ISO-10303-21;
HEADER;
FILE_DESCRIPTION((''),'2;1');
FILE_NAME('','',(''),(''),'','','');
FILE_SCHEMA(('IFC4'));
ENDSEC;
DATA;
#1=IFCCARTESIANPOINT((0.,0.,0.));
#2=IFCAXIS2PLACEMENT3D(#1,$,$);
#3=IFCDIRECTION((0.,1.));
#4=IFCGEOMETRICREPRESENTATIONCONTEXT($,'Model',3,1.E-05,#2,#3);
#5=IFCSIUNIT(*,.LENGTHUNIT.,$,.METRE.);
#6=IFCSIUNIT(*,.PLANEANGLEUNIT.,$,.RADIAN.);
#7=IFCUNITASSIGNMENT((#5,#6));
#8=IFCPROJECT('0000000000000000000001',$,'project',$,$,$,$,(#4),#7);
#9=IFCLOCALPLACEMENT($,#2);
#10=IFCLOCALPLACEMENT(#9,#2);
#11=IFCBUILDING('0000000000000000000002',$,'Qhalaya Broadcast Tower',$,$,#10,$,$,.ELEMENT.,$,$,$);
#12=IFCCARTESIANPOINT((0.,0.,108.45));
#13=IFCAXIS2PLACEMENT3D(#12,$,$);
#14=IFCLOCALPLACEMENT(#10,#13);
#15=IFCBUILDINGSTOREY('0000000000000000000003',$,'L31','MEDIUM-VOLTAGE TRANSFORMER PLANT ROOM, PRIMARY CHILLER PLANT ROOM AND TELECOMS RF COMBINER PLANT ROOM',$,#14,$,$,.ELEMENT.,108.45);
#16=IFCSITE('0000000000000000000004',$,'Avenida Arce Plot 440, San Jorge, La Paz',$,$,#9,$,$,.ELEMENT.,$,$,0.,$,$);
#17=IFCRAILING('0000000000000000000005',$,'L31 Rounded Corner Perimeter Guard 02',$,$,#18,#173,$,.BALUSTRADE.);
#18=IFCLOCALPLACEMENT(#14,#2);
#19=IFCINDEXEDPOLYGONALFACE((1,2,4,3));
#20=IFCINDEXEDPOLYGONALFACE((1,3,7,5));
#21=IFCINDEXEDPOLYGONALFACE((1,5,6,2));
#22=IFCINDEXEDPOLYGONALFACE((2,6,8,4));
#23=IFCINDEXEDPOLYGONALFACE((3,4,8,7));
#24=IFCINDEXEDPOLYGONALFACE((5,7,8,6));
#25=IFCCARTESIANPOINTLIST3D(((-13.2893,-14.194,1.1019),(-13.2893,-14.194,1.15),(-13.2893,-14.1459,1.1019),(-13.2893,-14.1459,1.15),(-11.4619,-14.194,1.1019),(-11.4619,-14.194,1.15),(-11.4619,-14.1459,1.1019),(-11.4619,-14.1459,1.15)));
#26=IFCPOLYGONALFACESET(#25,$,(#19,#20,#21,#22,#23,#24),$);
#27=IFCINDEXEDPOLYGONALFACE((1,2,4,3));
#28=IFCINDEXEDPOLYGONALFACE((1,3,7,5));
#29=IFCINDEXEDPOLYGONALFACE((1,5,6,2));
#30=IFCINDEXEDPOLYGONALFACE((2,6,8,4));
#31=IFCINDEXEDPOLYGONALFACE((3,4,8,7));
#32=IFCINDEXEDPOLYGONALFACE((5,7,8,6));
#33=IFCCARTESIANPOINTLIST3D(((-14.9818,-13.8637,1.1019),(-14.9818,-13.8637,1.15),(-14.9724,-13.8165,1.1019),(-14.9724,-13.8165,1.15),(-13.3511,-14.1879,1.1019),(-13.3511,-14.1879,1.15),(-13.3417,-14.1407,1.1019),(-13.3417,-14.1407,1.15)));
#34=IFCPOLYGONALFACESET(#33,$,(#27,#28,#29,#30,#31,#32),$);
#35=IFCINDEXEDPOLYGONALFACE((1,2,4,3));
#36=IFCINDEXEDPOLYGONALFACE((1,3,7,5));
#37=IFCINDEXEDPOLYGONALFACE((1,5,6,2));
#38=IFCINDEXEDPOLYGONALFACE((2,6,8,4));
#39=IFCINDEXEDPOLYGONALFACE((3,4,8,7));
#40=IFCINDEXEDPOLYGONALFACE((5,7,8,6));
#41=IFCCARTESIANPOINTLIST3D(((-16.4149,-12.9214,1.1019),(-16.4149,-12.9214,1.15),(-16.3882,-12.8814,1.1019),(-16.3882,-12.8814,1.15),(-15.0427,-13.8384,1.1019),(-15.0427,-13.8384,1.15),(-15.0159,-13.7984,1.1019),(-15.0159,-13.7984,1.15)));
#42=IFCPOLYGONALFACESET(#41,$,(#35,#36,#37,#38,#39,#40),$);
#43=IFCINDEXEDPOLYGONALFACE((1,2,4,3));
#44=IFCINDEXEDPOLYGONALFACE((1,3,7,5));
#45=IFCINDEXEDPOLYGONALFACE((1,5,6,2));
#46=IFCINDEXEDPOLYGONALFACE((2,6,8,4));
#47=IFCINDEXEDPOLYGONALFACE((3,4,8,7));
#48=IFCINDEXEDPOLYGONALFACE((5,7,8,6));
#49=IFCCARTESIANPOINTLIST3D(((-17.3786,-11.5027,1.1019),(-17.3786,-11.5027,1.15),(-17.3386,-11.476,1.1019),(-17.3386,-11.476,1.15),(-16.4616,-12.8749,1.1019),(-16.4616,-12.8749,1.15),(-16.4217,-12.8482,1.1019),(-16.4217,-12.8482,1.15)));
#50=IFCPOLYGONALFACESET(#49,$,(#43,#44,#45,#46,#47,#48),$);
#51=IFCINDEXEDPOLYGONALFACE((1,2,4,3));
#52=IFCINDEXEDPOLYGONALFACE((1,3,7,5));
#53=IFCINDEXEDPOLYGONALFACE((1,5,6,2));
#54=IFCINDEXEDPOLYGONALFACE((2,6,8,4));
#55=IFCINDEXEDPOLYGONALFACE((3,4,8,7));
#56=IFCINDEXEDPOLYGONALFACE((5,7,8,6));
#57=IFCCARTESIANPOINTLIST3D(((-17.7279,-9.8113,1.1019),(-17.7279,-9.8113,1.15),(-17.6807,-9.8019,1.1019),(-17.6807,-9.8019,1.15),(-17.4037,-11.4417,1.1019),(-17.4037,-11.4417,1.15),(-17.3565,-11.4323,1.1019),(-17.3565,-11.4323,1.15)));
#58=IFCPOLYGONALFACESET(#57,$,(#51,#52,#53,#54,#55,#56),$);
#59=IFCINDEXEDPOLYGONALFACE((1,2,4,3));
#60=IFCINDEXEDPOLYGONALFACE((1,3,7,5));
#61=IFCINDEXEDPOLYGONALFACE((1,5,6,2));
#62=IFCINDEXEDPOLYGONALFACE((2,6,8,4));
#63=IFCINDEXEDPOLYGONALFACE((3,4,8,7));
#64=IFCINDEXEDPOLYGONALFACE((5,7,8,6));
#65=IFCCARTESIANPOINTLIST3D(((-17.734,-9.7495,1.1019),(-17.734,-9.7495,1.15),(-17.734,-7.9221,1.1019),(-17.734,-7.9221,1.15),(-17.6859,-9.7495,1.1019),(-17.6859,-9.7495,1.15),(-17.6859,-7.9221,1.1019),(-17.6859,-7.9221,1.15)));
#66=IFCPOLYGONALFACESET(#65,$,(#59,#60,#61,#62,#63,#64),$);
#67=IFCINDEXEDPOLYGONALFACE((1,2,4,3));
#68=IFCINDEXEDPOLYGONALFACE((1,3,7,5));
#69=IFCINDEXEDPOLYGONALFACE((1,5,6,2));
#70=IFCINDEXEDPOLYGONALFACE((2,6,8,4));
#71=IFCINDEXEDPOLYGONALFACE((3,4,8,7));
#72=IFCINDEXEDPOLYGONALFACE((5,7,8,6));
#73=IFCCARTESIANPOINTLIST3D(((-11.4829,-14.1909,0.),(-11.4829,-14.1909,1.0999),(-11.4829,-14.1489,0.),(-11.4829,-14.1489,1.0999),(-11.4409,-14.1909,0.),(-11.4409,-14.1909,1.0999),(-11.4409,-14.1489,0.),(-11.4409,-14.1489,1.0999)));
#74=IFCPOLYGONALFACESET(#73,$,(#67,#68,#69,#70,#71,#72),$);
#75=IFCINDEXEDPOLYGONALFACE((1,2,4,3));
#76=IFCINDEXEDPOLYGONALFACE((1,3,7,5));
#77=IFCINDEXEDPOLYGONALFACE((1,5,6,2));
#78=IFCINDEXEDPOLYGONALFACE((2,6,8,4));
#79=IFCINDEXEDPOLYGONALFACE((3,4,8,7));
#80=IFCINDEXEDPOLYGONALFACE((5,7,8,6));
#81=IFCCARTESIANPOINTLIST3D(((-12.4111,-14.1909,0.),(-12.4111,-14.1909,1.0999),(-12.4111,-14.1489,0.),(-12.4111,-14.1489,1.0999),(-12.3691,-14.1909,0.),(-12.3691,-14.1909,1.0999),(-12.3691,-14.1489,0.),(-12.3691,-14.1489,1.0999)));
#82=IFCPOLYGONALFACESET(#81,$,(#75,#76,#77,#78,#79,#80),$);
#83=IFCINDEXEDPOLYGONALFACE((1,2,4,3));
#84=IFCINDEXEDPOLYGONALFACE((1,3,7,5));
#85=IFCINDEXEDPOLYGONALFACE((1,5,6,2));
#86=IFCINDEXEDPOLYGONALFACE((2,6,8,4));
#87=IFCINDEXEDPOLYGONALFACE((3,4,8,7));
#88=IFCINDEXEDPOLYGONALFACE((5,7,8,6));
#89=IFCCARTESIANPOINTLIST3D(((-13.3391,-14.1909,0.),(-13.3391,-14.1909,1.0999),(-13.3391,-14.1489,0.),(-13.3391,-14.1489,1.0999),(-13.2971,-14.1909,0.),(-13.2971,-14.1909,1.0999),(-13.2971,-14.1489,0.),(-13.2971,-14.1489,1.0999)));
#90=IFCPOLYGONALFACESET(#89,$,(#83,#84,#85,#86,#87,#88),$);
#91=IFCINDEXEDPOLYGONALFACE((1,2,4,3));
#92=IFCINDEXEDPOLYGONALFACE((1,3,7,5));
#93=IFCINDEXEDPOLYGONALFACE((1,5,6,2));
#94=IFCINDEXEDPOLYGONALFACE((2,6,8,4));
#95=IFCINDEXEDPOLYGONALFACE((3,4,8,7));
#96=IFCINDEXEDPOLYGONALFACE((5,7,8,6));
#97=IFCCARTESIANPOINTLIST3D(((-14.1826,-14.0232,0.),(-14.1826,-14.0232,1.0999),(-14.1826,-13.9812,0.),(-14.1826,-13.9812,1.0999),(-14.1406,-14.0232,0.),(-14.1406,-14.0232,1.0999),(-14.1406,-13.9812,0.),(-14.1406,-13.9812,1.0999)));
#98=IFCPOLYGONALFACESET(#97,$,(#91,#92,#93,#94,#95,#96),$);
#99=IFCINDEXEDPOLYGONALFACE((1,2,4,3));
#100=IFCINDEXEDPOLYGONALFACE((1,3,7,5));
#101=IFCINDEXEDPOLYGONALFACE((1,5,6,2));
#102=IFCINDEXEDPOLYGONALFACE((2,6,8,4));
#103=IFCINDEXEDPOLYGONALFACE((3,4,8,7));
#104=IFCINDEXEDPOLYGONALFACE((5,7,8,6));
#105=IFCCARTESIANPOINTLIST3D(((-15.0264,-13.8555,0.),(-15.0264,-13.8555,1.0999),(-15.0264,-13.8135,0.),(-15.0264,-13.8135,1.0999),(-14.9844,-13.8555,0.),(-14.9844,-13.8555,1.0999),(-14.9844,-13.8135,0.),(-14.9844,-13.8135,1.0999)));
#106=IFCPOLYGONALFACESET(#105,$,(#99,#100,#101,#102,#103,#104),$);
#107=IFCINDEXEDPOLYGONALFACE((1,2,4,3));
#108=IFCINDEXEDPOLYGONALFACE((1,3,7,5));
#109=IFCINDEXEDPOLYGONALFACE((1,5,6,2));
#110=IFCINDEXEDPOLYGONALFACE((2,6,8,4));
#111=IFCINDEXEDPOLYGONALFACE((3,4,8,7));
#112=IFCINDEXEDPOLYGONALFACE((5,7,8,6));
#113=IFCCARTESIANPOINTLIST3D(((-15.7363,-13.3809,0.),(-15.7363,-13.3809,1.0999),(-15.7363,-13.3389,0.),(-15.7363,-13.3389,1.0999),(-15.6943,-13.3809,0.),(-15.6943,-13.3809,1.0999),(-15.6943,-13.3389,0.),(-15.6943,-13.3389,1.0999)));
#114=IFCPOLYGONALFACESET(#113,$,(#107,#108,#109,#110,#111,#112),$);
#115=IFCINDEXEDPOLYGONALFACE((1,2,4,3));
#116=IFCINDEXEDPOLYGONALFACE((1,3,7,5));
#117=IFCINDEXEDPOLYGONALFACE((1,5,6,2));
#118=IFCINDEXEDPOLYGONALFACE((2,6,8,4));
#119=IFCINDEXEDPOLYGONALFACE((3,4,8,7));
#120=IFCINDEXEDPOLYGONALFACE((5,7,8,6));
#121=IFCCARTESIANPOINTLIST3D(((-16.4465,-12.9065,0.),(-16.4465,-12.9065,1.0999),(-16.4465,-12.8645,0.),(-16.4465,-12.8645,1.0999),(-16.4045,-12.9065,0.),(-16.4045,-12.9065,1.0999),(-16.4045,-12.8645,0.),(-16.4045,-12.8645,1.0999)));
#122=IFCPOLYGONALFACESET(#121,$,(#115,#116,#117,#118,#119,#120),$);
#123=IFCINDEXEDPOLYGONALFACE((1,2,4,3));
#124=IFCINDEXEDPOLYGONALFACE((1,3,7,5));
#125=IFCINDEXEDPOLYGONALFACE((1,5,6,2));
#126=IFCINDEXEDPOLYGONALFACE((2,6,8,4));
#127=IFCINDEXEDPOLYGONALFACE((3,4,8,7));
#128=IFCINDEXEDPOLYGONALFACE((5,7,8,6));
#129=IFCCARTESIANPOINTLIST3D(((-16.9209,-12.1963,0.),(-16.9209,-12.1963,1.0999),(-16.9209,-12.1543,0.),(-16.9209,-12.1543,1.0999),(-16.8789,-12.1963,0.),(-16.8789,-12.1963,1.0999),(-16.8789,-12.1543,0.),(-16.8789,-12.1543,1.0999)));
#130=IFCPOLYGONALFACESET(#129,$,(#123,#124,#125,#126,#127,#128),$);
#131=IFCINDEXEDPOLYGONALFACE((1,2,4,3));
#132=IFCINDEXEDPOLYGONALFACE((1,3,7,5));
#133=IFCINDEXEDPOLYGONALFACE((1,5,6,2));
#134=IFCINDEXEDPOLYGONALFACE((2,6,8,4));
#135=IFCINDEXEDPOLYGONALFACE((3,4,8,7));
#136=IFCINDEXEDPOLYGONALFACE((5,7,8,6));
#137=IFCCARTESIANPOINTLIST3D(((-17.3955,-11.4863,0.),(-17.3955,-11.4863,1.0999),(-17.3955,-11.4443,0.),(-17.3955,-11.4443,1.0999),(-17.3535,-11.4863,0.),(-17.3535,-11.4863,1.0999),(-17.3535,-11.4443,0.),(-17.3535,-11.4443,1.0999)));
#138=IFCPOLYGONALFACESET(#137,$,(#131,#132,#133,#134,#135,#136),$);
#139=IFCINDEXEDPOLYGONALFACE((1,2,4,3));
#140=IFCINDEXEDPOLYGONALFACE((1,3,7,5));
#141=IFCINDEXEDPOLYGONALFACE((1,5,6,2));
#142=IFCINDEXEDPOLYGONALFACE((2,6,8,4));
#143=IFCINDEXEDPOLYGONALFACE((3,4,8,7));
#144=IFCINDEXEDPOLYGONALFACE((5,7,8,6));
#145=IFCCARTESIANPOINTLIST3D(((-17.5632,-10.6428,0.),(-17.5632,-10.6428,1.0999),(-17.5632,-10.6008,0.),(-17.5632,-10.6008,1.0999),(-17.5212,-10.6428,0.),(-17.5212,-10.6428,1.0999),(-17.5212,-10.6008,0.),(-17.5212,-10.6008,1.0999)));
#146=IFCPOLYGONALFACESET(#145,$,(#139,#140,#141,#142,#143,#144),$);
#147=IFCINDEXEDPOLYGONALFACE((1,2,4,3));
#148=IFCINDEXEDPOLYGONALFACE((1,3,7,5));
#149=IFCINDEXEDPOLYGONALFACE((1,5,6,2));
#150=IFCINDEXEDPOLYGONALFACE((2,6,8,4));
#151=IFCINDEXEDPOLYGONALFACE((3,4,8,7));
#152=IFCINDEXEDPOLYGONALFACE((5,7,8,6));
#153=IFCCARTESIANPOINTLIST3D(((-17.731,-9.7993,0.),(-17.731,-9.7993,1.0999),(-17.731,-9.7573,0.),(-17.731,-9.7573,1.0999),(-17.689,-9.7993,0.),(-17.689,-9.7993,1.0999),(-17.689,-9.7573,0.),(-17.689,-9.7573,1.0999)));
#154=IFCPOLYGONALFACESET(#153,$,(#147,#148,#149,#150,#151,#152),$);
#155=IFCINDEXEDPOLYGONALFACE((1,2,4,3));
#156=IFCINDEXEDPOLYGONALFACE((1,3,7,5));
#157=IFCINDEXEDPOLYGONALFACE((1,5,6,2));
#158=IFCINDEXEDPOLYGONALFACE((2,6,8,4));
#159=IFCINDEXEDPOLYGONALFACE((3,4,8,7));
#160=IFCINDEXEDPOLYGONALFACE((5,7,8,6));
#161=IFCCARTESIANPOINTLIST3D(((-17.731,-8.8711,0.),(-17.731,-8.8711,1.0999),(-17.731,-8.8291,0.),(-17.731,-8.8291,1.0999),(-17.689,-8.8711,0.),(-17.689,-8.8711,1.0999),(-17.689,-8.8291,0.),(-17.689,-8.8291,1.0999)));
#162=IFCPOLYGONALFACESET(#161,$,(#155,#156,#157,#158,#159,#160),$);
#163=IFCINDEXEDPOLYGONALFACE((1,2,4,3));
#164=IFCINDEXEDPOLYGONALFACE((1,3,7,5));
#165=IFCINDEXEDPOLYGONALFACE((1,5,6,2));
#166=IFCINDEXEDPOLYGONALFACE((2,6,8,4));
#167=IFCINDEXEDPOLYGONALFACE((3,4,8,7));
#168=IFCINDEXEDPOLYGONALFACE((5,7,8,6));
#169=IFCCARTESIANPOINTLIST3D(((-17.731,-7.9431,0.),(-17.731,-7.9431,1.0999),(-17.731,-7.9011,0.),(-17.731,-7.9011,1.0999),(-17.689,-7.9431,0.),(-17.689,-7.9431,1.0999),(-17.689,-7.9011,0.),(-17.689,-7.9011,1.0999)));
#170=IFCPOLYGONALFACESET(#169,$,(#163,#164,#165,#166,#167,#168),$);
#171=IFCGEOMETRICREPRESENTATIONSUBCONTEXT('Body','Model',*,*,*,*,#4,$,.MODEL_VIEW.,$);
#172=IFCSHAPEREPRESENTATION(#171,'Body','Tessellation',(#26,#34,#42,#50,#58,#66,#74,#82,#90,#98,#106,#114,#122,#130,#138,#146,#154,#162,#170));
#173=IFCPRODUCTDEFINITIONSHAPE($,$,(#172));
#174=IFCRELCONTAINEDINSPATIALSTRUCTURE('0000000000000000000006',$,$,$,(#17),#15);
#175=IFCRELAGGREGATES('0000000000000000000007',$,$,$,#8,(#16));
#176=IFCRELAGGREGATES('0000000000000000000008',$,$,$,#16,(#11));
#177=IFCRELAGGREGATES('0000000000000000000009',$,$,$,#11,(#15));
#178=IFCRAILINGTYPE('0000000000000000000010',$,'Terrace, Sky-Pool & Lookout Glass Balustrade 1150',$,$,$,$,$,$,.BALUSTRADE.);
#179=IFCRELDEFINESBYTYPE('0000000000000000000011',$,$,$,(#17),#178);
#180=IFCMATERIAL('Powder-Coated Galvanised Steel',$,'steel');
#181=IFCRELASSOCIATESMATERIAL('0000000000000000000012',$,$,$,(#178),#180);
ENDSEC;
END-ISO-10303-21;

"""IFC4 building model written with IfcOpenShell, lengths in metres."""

from ifc_helpers import new_model, si_unit, direction, frame, origin, origin_2d, place, context, subcontext, project, spatial, rectangle, extrude, material, type_object, element, save


model = new_model("IFC4")

# Units and contexts
model_context = context("Model", 3, precision=1e-05, world=origin(), true_north=direction((0.0, 1.0)))
body_context = subcontext(model_context, "Body", "Model", "MODEL_VIEW")
ifc_project = project(units=[si_unit("LENGTHUNIT", "METRE"), si_unit("PLANEANGLEUNIT", "RADIAN")], contexts=[model_context])

# Site, building, storey
site_placement = place(None, origin())
site = spatial("IfcSite", under=ifc_project, at=site_placement, Name="Avenida Arce Plot 440, San Jorge, La Paz", CompositionType="ELEMENT", RefElevation=0.0)
building_placement = place(site_placement, origin())
building = spatial("IfcBuilding", under=site, at=building_placement, Name="Qhalaya Broadcast Tower", CompositionType="ELEMENT")
storey_placement = place(building_placement, frame((0.0, 0.0, 108.45)))
storey = spatial("IfcBuildingStorey", under=building, at=storey_placement, Name="L31", Description="MEDIUM-VOLTAGE TRANSFORMER PLANT ROOM, PRIMARY CHILLER PLANT ROOM AND TELECOMS RF COMBINER PLANT ROOM", CompositionType="ELEMENT", Elevation=108.45)

# Railing
ifc_material_1 = material(Name="Powder-Coated Galvanised Steel", Category="steel")
railing_type = type_object("IfcRailingType", Name="Terrace, Sky-Pool & Lookout Glass Balustrade 1150", PredefinedType="BALUSTRADE", material=ifc_material_1)
railing_placement = place(storey_placement, frame((-11.4619, -14.1699, 0.0)))
element("IfcRailing", 1, at=railing_placement, inside=storey, type_object=railing_type, Name="L31 Rounded Corner Perimeter Guard 02", PredefinedType="BALUSTRADE", context=body_context, shape_type="SweptSolid", body=[
    extrude(rectangle(XDim=0.0481, YDim=0.0481, at=origin_2d()), frame((0.0, 0.0, 1.126), z_axis=(-1.0, 0.0, 0.0), x_axis=(0.0, -1.0, 0.0)), (0.0, 0.0, 1.0), 1.8274),
    extrude(rectangle(XDim=0.0481, YDim=0.0481, at=origin_2d()), frame((-1.8845, 0.0056, 1.126), z_axis=(-0.980804, 0.194997, 0.0), x_axis=(-0.194997, -0.980804, 0.0)), (0.0, 0.0, 1.0), 1.6626),
    extrude(rectangle(XDim=0.0481, YDim=0.0481, at=origin_2d()), frame((-3.5674, 0.3516, 1.126), z_axis=(-0.831456, 0.55559, 0.0), x_axis=(-0.55559, -0.831456, 0.0)), (0.0, 0.0, 1.0), 1.6504),
    extrude(rectangle(XDim=0.0481, YDim=0.0481, at=origin_2d()), frame((-4.9797, 1.3083, 1.126), z_axis=(-0.55559, 0.831456, 0.0), x_axis=(-0.831456, -0.55559, 0.0)), (0.0, 0.0, 1.0), 1.6504),
    extrude(rectangle(XDim=0.0481, YDim=0.0481, at=origin_2d()), frame((-5.9182, 2.7329, 1.126), z_axis=(-0.195024, 0.980798, 0.0), x_axis=(-0.980798, -0.195024, 0.0)), (0.0, 0.0, 1.0), 1.6624),
    extrude(rectangle(XDim=0.0481, YDim=0.0481, at=origin_2d()), frame((-6.248, 4.4204, 1.126), z_axis=(0.0, 1.0, 0.0), x_axis=(-1.0, 0.0, 0.0)), (0.0, 0.0, 1.0), 1.8274),
    extrude(rectangle(XDim=0.042, YDim=0.042, at=origin_2d()), origin(), (0.0, 0.0, 1.0), 1.0999),
    extrude(rectangle(XDim=0.042, YDim=0.042, at=origin_2d()), frame((-0.9282, 0.0, 0.0)), (0.0, 0.0, 1.0), 1.0999),
    extrude(rectangle(XDim=0.042, YDim=0.042, at=origin_2d()), frame((-1.8562, 0.0, 0.0)), (0.0, 0.0, 1.0), 1.0999),
    extrude(rectangle(XDim=0.042, YDim=0.042, at=origin_2d()), frame((-2.6997, 0.1677, 0.0)), (0.0, 0.0, 1.0), 1.0999),
    extrude(rectangle(XDim=0.042, YDim=0.042, at=origin_2d()), frame((-3.5435, 0.3354, 0.0)), (0.0, 0.0, 1.0), 1.0999),
    extrude(rectangle(XDim=0.042, YDim=0.042, at=origin_2d()), frame((-4.2534, 0.8101, 0.0)), (0.0, 0.0, 1.0), 1.0999),
    extrude(rectangle(XDim=0.042, YDim=0.042, at=origin_2d()), frame((-4.9636, 1.2844, 0.0)), (0.0, 0.0, 1.0), 1.0999),
    extrude(rectangle(XDim=0.042, YDim=0.042, at=origin_2d()), frame((-5.438, 1.9946, 0.0)), (0.0, 0.0, 1.0), 1.0999),
    extrude(rectangle(XDim=0.042, YDim=0.042, at=origin_2d()), frame((-5.9126, 2.7046, 0.0)), (0.0, 0.0, 1.0), 1.0999),
    extrude(rectangle(XDim=0.042, YDim=0.042, at=origin_2d()), frame((-6.0803, 3.5481, 0.0)), (0.0, 0.0, 1.0), 1.0999),
    extrude(rectangle(XDim=0.042, YDim=0.042, at=origin_2d()), frame((-6.248, 4.3916, 0.0)), (0.0, 0.0, 1.0), 1.0999),
    extrude(rectangle(XDim=0.042, YDim=0.042, at=origin_2d()), frame((-6.248, 5.3198, 0.0)), (0.0, 0.0, 1.0), 1.0999),
    extrude(rectangle(XDim=0.042, YDim=0.042, at=origin_2d()), frame((-6.248, 6.2478, 0.0)), (0.0, 0.0, 1.0), 1.0999),
])

save(model, "model.ifc")
